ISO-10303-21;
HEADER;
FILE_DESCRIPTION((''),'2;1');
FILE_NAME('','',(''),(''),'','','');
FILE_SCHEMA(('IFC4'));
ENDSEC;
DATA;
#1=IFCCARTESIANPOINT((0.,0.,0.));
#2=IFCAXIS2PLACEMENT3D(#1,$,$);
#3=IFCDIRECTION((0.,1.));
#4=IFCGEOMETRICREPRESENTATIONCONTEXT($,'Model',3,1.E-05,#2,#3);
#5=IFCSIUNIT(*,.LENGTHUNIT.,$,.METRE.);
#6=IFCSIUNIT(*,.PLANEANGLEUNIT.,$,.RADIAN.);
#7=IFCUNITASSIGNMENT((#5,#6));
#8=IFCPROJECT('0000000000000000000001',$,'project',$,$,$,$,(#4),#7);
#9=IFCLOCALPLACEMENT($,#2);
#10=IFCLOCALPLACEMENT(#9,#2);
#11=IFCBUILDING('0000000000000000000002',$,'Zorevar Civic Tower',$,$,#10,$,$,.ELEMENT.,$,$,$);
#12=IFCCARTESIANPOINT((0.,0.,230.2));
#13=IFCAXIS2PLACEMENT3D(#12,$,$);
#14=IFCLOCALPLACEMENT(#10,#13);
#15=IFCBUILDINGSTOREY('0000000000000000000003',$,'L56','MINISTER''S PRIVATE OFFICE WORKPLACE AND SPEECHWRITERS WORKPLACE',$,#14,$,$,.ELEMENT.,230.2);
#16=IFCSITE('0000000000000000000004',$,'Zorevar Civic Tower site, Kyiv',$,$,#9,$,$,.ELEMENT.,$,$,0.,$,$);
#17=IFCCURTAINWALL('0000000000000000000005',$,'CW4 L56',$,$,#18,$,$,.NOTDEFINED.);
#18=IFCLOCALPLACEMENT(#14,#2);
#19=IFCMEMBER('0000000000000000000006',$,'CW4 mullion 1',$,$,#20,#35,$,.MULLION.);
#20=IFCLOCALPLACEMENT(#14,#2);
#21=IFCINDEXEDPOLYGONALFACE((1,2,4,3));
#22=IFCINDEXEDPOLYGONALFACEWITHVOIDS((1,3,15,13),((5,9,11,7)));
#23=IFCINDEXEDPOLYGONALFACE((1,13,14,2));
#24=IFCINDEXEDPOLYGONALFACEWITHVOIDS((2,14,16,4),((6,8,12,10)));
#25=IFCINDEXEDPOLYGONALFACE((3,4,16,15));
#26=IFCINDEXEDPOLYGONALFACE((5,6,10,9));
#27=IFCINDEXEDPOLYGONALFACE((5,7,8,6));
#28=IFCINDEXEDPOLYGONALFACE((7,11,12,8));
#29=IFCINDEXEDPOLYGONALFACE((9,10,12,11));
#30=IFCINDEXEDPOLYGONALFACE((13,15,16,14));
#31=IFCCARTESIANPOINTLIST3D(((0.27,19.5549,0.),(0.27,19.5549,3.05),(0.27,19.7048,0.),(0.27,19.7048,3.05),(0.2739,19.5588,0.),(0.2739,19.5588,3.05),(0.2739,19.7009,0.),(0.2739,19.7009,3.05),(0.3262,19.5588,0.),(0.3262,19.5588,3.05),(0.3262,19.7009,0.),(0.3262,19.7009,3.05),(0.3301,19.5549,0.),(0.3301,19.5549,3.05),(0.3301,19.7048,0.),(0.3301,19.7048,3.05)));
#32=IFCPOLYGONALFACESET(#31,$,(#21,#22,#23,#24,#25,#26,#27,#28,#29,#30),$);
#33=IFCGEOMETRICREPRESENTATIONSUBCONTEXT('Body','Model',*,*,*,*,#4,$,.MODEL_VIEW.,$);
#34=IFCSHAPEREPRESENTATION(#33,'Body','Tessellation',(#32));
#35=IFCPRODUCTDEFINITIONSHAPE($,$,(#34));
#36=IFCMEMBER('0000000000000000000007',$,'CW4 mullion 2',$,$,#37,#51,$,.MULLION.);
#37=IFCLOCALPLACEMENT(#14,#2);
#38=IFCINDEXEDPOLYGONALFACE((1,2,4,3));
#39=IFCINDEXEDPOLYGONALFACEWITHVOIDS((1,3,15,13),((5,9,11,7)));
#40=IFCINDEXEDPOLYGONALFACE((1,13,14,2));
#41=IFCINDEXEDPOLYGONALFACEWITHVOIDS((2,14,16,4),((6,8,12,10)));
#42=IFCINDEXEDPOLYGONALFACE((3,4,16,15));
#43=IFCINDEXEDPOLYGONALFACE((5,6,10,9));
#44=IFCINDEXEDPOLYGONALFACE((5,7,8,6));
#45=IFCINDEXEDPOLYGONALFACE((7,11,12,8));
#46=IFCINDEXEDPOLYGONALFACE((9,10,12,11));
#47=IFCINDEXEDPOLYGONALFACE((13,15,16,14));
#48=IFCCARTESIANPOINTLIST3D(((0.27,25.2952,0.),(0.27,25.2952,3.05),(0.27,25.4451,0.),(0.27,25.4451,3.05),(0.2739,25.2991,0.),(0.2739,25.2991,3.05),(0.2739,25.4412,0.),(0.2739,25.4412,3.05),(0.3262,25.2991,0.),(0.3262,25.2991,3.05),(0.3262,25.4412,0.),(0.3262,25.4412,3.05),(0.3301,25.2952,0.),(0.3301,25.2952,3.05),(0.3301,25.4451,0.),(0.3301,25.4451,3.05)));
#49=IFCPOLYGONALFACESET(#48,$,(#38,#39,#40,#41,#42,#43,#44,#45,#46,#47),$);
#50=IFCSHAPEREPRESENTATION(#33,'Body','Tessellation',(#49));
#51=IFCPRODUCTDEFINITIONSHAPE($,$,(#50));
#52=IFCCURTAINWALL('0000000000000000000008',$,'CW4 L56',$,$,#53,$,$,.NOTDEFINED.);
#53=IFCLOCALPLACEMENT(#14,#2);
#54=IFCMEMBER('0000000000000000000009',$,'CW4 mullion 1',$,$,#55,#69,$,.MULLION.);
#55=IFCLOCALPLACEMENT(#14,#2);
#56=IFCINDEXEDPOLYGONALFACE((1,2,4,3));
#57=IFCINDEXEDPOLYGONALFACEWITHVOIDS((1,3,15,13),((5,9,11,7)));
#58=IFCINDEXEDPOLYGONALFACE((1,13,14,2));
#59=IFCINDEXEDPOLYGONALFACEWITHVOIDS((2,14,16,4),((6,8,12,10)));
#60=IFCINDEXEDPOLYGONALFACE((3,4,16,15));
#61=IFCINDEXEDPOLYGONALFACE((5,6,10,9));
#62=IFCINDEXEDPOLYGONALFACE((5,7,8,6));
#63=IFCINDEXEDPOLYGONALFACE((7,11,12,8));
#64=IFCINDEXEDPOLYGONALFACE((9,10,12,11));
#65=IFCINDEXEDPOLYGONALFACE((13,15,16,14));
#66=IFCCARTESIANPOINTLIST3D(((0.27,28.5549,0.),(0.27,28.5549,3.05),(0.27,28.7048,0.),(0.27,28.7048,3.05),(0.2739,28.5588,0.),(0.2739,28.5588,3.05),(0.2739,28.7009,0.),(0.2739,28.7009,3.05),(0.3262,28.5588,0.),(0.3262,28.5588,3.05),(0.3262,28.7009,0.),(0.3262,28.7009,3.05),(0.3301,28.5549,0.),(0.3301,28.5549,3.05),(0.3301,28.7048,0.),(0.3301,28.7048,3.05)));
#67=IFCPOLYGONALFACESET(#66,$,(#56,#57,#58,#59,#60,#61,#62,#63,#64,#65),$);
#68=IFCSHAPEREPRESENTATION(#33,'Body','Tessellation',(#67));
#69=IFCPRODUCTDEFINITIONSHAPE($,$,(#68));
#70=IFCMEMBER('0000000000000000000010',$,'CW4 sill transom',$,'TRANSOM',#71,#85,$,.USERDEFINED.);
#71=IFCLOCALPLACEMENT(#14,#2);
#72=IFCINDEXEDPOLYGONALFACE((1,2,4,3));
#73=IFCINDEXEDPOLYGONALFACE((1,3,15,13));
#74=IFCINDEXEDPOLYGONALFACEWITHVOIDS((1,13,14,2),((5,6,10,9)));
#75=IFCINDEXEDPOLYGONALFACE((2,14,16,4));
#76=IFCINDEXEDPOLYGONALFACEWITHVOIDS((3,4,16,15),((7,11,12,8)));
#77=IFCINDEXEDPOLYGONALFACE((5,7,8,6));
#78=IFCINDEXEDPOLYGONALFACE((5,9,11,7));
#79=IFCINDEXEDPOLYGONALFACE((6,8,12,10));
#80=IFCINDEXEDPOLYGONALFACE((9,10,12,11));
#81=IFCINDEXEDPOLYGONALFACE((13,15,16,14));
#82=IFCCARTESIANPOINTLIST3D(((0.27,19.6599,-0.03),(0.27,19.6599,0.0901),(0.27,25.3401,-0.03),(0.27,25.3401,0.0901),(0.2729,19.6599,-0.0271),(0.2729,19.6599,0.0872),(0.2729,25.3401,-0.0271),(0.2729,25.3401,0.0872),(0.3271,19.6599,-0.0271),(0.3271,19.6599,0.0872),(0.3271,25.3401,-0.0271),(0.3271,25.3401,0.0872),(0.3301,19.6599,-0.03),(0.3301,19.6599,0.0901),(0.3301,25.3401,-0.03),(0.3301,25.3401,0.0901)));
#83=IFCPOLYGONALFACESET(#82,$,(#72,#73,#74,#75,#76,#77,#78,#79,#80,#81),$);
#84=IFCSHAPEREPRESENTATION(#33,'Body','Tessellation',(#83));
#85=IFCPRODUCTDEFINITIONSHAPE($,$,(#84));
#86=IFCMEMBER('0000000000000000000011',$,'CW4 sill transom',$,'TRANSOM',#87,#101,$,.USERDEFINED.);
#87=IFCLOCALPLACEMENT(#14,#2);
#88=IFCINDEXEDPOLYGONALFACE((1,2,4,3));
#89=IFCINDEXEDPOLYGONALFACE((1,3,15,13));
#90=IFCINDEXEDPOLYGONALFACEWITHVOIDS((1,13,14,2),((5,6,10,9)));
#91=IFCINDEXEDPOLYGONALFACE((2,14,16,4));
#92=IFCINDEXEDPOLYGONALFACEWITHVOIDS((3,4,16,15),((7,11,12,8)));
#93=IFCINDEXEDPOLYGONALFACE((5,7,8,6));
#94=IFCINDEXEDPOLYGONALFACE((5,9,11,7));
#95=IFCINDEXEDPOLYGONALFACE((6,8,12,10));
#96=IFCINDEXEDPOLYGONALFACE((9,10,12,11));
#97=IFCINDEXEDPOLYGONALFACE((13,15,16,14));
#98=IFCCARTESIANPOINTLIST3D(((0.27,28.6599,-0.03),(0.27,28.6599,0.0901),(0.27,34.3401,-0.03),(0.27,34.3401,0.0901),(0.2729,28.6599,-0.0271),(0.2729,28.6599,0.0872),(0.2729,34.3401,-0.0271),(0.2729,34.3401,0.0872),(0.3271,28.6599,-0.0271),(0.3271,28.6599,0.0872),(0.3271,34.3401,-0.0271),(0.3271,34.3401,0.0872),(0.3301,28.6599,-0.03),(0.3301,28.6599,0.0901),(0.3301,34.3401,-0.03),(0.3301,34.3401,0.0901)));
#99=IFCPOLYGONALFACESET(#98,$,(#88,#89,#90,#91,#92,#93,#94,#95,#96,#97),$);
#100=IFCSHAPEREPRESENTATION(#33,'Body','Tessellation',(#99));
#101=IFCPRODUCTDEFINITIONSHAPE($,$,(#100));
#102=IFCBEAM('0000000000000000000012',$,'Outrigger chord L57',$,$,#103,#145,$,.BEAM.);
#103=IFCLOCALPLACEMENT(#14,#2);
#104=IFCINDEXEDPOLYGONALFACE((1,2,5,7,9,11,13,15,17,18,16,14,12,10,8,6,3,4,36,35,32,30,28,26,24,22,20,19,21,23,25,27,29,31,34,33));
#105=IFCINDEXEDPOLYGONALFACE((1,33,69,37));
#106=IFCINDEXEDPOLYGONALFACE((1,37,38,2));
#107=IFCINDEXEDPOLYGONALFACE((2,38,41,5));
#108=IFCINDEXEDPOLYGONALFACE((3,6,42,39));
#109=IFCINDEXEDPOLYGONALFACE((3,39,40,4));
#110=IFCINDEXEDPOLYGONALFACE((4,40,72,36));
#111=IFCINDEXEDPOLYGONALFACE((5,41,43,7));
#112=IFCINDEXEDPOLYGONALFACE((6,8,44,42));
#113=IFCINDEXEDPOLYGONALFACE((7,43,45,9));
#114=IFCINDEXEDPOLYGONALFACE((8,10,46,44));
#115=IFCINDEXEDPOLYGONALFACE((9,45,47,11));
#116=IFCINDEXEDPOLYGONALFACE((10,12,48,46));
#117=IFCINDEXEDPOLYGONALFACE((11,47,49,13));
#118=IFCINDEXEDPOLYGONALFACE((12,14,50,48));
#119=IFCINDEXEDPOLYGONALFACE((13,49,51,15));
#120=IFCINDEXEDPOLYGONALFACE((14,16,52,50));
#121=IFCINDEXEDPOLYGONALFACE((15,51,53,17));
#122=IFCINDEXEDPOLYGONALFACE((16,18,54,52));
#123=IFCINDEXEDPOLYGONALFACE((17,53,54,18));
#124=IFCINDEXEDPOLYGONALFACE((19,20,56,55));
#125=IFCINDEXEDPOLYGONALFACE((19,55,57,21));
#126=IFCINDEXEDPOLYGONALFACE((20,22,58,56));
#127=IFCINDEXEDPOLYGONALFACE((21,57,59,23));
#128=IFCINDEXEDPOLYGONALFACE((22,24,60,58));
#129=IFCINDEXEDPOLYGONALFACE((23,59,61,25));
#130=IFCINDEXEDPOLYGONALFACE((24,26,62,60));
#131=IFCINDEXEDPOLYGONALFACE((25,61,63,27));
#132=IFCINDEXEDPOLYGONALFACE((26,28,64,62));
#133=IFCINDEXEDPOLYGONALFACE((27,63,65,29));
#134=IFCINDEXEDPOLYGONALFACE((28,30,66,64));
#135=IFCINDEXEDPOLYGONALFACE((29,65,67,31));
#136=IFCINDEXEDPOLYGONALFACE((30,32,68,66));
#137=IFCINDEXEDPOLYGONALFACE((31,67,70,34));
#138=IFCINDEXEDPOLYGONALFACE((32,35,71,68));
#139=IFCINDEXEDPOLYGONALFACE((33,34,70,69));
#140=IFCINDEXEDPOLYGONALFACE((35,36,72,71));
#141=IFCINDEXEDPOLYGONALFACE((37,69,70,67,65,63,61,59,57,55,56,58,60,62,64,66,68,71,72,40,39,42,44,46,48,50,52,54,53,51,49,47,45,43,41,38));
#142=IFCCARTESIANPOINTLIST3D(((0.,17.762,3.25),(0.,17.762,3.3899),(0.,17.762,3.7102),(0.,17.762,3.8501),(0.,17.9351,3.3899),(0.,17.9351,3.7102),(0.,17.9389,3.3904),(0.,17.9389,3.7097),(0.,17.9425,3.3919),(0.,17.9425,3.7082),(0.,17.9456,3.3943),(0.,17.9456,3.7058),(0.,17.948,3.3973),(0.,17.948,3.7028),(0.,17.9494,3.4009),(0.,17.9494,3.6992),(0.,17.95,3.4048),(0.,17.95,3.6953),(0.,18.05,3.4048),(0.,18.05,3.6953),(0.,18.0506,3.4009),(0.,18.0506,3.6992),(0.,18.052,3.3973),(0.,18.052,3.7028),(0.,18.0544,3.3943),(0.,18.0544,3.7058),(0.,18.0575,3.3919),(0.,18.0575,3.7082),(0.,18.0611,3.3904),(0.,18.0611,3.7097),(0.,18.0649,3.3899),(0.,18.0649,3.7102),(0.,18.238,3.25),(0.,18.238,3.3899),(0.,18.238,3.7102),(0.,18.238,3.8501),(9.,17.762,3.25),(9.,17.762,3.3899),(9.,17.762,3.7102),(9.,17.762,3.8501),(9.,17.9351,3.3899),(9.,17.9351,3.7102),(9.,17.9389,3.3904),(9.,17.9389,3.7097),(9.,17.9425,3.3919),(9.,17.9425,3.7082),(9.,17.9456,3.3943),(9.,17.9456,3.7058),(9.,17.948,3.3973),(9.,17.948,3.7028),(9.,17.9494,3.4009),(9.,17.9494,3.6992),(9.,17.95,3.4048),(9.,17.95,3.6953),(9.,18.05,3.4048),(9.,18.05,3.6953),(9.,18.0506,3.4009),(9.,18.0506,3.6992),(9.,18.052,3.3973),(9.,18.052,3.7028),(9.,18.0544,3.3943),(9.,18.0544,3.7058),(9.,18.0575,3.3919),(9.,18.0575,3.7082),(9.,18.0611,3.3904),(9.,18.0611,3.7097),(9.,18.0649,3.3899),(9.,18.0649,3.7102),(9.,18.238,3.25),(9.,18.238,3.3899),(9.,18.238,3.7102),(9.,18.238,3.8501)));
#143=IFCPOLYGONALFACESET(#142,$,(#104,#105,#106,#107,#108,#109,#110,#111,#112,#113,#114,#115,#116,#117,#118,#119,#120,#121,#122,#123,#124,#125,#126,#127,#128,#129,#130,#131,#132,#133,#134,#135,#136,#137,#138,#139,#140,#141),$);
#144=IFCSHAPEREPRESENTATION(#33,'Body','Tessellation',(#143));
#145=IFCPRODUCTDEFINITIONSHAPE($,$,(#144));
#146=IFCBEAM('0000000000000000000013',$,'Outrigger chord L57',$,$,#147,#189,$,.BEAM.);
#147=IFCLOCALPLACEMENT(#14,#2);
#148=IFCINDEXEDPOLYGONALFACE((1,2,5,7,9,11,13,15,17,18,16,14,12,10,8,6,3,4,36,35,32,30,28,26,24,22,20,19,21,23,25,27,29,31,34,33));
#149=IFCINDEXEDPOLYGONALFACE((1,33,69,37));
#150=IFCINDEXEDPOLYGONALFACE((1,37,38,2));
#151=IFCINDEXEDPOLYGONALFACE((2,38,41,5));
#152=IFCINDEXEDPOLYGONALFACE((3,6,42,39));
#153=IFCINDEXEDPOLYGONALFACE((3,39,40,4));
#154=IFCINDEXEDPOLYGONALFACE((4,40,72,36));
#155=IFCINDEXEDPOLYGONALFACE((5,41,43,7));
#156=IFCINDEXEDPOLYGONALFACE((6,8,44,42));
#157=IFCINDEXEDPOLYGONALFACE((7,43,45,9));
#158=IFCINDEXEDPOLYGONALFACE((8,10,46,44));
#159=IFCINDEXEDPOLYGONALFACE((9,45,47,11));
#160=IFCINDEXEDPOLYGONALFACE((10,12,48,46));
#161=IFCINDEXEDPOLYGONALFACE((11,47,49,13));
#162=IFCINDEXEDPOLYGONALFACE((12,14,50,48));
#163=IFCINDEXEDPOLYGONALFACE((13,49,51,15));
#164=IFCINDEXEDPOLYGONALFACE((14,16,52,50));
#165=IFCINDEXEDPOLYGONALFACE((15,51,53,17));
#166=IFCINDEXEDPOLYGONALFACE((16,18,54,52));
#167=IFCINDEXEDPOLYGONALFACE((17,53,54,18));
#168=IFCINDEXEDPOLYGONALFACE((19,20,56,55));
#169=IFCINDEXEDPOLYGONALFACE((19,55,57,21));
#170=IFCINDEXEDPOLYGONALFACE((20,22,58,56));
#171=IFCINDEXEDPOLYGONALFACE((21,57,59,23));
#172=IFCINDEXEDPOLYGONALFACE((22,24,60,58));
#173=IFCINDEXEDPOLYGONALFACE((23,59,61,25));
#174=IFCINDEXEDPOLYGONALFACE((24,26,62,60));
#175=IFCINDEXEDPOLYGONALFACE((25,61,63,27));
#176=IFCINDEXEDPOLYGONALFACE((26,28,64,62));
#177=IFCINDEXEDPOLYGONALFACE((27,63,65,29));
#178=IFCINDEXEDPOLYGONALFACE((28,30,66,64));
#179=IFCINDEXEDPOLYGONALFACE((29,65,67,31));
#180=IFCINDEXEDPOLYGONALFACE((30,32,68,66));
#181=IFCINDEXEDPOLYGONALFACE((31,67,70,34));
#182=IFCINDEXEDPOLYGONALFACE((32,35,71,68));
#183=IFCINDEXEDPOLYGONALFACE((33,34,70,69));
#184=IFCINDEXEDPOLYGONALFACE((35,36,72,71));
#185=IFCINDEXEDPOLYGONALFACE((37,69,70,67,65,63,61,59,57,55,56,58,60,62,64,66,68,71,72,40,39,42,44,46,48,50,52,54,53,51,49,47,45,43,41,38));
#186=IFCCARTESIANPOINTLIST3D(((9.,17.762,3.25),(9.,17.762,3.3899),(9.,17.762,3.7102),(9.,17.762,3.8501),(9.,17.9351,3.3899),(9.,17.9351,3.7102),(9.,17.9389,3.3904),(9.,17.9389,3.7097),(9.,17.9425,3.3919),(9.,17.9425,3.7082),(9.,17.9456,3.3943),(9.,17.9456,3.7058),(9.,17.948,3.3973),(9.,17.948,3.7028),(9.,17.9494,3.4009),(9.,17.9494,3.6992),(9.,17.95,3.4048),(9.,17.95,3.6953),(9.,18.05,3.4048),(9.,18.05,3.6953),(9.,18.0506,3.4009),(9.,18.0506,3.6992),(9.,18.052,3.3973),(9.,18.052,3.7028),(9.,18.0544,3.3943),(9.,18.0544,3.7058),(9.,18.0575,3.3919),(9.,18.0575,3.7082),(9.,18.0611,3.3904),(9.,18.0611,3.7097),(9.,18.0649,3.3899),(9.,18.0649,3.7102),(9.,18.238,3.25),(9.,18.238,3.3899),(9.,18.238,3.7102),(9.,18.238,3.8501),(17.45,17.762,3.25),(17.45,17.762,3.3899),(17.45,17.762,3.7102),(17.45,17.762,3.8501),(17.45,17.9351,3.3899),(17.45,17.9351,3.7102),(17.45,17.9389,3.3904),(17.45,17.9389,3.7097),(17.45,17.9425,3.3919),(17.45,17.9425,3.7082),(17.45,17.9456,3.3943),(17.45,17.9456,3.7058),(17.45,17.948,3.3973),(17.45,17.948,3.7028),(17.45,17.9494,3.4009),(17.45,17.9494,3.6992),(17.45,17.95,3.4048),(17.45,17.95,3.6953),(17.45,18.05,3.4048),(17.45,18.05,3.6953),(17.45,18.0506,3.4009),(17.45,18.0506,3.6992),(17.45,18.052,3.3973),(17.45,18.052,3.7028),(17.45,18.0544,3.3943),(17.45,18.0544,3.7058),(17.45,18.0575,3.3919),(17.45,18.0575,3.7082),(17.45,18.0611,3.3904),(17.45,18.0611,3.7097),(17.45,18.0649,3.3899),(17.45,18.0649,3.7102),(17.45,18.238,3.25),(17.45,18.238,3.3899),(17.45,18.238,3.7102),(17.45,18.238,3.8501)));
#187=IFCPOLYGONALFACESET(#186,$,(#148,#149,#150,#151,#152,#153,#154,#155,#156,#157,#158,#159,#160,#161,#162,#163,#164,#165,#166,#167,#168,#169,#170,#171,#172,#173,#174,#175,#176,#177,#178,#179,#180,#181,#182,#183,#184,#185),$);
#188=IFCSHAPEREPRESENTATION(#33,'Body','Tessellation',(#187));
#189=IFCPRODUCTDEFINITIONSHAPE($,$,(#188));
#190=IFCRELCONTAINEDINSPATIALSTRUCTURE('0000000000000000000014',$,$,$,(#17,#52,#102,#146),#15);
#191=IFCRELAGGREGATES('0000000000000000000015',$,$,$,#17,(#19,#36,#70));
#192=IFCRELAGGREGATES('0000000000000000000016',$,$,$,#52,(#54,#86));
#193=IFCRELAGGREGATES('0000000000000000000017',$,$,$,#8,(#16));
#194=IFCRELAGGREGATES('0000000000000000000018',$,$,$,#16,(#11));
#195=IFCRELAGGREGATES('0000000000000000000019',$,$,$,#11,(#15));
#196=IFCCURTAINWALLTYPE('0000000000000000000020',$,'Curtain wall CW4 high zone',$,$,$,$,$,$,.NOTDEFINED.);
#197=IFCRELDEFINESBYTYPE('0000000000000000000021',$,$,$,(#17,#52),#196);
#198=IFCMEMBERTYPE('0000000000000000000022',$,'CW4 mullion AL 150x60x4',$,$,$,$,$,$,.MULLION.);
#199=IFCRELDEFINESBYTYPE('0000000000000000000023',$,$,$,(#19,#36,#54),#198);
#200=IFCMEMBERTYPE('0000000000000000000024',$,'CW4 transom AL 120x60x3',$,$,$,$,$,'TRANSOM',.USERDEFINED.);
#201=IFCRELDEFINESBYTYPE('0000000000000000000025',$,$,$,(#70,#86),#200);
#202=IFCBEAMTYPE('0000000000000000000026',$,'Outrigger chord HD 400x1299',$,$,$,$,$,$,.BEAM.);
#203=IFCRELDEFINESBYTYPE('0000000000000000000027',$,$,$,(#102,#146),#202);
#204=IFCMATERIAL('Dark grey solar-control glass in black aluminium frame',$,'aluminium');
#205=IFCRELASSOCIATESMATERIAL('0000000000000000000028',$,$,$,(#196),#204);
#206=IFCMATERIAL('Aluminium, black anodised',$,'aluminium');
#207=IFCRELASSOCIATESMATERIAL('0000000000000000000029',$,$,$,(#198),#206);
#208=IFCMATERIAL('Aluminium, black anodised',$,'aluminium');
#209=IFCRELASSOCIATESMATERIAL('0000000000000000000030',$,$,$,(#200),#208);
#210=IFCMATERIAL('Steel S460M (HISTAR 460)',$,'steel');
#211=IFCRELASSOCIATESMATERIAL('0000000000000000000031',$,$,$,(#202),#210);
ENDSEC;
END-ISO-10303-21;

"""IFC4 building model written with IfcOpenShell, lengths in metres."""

from ifc_helpers import new_model, si_unit, direction, frame, origin, origin_2d, place, context, subcontext, project, spatial, hollow_rectangle, i_section, extrude, material, material_profile, profile_set, type_object, element, aggregate, save


model = new_model("IFC4")

# Units and contexts
model_context = context("Model", 3, precision=1e-05, world=origin(), true_north=direction((0.0, 1.0)))
body_context = subcontext(model_context, "Body", "Model", "MODEL_VIEW")
ifc_project = project(units=[si_unit("LENGTHUNIT", "METRE"), si_unit("PLANEANGLEUNIT", "RADIAN")], contexts=[model_context])

# Site, building, storey
site_placement = place(None, origin())
site = spatial("IfcSite", under=ifc_project, at=site_placement, Name="Zorevar Civic Tower site, Kyiv", CompositionType="ELEMENT", RefElevation=0.0)
building_placement = place(site_placement, origin())
building = spatial("IfcBuilding", under=site, at=building_placement, Name="Zorevar Civic Tower", CompositionType="ELEMENT")
storey_placement = place(building_placement, frame((0.0, 0.0, 230.2)))
storey = spatial("IfcBuildingStorey", under=building, at=storey_placement, Name="L56", Description="MINISTER'S PRIVATE OFFICE WORKPLACE AND SPEECHWRITERS WORKPLACE", CompositionType="ELEMENT", Elevation=230.2)

# Shared definitions
ifc_material_1 = material(Name="Dark grey solar-control glass in black aluminium frame", Category="aluminium")
curtain_wall_type = type_object("IfcCurtainWallType", Name="Curtain wall CW4 high zone", PredefinedType="NOTDEFINED", material=ifc_material_1)
ifc_material_2 = material(Name="Aluminium, black anodised", Category="aluminium")
ifc_material_profile_1 = material_profile(ifc_material_2, hollow_rectangle(XDim=0.0601, YDim=0.1499, WallThickness=0.0039, at=origin_2d()), Name="AL 150x60x4")
ifc_profile_set_1 = profile_set([ifc_material_profile_1], Name="Aluminium, black anodised")
member_type_1 = type_object("IfcMemberType", Name="CW4 mullion AL 150x60x4", PredefinedType="MULLION", material=ifc_profile_set_1)

# Curtain wall, members
curtain_wall_1_placement = place(storey_placement, origin())
curtain_wall_1 = element("IfcCurtainWall", 1, at=curtain_wall_1_placement, inside=storey, type_object=curtain_wall_type, Name="CW4 L56", PredefinedType="NOTDEFINED")
member_1_placement = place(storey_placement, frame((0.3, 19.6299, 0.0), z_axis=(0.0, 0.0, 1.0), x_axis=(-1.0, 0.0, 0.0)))
member_1 = element("IfcMember", 2, at=member_1_placement, type_object=member_type_1, Name="CW4 mullion 1", PredefinedType="MULLION", context=body_context, shape_type="SweptSolid", body=[
    extrude(hollow_rectangle(XDim=0.0601, YDim=0.1499, WallThickness=0.0039, at=origin_2d()), origin(), (0.0, 0.0, 1.0), 3.05),
])
member_2_placement = place(storey_placement, frame((0.3, 25.3701, 0.0), z_axis=(0.0, 0.0, 1.0), x_axis=(-1.0, 0.0, 0.0)))
member_2 = element("IfcMember", 3, at=member_2_placement, type_object=member_type_1, Name="CW4 mullion 2", PredefinedType="MULLION", context=body_context, shape_type="SweptSolid", body=[
    extrude(hollow_rectangle(XDim=0.0601, YDim=0.1499, WallThickness=0.0039, at=origin_2d()), origin(), (0.0, 0.0, 1.0), 3.05),
])

# Curtain wall, member
curtain_wall_2_placement = place(storey_placement, origin())
curtain_wall_2 = element("IfcCurtainWall", 4, at=curtain_wall_2_placement, inside=storey, type_object=curtain_wall_type, Name="CW4 L56", PredefinedType="NOTDEFINED")
member_3_placement = place(storey_placement, frame((0.3, 28.6299, 0.0), z_axis=(0.0, 0.0, 1.0), x_axis=(-1.0, 0.0, 0.0)))
member_3 = element("IfcMember", 5, at=member_3_placement, type_object=member_type_1, Name="CW4 mullion 1", PredefinedType="MULLION", context=body_context, shape_type="SweptSolid", body=[
    extrude(hollow_rectangle(XDim=0.0601, YDim=0.1499, WallThickness=0.0039, at=origin_2d()), origin(), (0.0, 0.0, 1.0), 3.05),
])

# Members
ifc_material_3 = material(Name="Aluminium, black anodised", Category="aluminium")
ifc_material_profile_2 = material_profile(ifc_material_3, hollow_rectangle(XDim=0.0601, YDim=0.1201, WallThickness=0.0029, at=origin_2d()), Name="AL 120x60x3")
ifc_profile_set_2 = profile_set([ifc_material_profile_2], Name="Aluminium, black anodised")
member_type_2 = type_object("IfcMemberType", Name="CW4 transom AL 120x60x3", ElementType="TRANSOM", PredefinedType="USERDEFINED", material=ifc_profile_set_2)
member_4_placement = place(storey_placement, frame((0.3, 19.6599, 0.03), z_axis=(0.0, 1.0, 0.0), x_axis=(-1.0, 0.0, 0.0)))
member_4 = element("IfcMember", 6, at=member_4_placement, type_object=member_type_2, Name="CW4 sill transom", ObjectType="TRANSOM", PredefinedType="USERDEFINED", context=body_context, shape_type="SweptSolid", body=[
    extrude(hollow_rectangle(XDim=0.0601, YDim=0.1201, WallThickness=0.0029, at=origin_2d()), origin(), (0.0, 0.0, 1.0), 5.6802),
])
member_5_placement = place(storey_placement, frame((0.3, 28.6599, 0.03), z_axis=(0.0, 1.0, 0.0), x_axis=(-1.0, 0.0, 0.0)))
member_5 = element("IfcMember", 7, at=member_5_placement, type_object=member_type_2, Name="CW4 sill transom", ObjectType="TRANSOM", PredefinedType="USERDEFINED", context=body_context, shape_type="SweptSolid", body=[
    extrude(hollow_rectangle(XDim=0.0601, YDim=0.1201, WallThickness=0.0029, at=origin_2d()), origin(), (0.0, 0.0, 1.0), 5.6802),
])

# Beams
ifc_material_4 = material(Name="Steel S460M (HISTAR 460)", Category="steel")
ifc_material_profile_3 = material_profile(ifc_material_4, i_section(OverallWidth=0.4761, OverallDepth=0.6001, WebThickness=0.1001, FlangeThickness=0.1399, FilletRadius=0.0149, at=origin_2d()), Name="HD 400x1299")
ifc_profile_set_3 = profile_set([ifc_material_profile_3], Name="Steel S460M (HISTAR 460)")
beam_type_1 = type_object("IfcBeamType", Name="Outrigger chord HD 400x1299", PredefinedType="BEAM", material=ifc_profile_set_3)
beam_1_placement = place(storey_placement, frame((0.0, 18.0, 3.55), z_axis=(1.0, 0.0, 0.0), x_axis=(0.0, 1.0, 0.0)))
element("IfcBeam", 8, at=beam_1_placement, inside=storey, type_object=beam_type_1, Name="Outrigger chord L57", PredefinedType="BEAM", context=body_context, shape_type="SweptSolid", body=[
    extrude(i_section(OverallWidth=0.4761, OverallDepth=0.6001, WebThickness=0.1001, FlangeThickness=0.1399, FilletRadius=0.0149, at=origin_2d()), origin(), (0.0, 0.0, 1.0), 9.0),
])
beam_2_placement = place(storey_placement, frame((9.0, 18.0, 3.55), z_axis=(1.0, 0.0, 0.0), x_axis=(0.0, 1.0, 0.0)))
element("IfcBeam", 9, at=beam_2_placement, inside=storey, type_object=beam_type_1, Name="Outrigger chord L57", PredefinedType="BEAM", context=body_context, shape_type="SweptSolid", body=[
    extrude(i_section(OverallWidth=0.4761, OverallDepth=0.6001, WebThickness=0.1001, FlangeThickness=0.1399, FilletRadius=0.0149, at=origin_2d()), origin(), (0.0, 0.0, 1.0), 8.45),
])

aggregate(curtain_wall_1, [member_1, member_2, member_4])
aggregate(curtain_wall_2, [member_3, member_5])

save(model, "model.ifc")
